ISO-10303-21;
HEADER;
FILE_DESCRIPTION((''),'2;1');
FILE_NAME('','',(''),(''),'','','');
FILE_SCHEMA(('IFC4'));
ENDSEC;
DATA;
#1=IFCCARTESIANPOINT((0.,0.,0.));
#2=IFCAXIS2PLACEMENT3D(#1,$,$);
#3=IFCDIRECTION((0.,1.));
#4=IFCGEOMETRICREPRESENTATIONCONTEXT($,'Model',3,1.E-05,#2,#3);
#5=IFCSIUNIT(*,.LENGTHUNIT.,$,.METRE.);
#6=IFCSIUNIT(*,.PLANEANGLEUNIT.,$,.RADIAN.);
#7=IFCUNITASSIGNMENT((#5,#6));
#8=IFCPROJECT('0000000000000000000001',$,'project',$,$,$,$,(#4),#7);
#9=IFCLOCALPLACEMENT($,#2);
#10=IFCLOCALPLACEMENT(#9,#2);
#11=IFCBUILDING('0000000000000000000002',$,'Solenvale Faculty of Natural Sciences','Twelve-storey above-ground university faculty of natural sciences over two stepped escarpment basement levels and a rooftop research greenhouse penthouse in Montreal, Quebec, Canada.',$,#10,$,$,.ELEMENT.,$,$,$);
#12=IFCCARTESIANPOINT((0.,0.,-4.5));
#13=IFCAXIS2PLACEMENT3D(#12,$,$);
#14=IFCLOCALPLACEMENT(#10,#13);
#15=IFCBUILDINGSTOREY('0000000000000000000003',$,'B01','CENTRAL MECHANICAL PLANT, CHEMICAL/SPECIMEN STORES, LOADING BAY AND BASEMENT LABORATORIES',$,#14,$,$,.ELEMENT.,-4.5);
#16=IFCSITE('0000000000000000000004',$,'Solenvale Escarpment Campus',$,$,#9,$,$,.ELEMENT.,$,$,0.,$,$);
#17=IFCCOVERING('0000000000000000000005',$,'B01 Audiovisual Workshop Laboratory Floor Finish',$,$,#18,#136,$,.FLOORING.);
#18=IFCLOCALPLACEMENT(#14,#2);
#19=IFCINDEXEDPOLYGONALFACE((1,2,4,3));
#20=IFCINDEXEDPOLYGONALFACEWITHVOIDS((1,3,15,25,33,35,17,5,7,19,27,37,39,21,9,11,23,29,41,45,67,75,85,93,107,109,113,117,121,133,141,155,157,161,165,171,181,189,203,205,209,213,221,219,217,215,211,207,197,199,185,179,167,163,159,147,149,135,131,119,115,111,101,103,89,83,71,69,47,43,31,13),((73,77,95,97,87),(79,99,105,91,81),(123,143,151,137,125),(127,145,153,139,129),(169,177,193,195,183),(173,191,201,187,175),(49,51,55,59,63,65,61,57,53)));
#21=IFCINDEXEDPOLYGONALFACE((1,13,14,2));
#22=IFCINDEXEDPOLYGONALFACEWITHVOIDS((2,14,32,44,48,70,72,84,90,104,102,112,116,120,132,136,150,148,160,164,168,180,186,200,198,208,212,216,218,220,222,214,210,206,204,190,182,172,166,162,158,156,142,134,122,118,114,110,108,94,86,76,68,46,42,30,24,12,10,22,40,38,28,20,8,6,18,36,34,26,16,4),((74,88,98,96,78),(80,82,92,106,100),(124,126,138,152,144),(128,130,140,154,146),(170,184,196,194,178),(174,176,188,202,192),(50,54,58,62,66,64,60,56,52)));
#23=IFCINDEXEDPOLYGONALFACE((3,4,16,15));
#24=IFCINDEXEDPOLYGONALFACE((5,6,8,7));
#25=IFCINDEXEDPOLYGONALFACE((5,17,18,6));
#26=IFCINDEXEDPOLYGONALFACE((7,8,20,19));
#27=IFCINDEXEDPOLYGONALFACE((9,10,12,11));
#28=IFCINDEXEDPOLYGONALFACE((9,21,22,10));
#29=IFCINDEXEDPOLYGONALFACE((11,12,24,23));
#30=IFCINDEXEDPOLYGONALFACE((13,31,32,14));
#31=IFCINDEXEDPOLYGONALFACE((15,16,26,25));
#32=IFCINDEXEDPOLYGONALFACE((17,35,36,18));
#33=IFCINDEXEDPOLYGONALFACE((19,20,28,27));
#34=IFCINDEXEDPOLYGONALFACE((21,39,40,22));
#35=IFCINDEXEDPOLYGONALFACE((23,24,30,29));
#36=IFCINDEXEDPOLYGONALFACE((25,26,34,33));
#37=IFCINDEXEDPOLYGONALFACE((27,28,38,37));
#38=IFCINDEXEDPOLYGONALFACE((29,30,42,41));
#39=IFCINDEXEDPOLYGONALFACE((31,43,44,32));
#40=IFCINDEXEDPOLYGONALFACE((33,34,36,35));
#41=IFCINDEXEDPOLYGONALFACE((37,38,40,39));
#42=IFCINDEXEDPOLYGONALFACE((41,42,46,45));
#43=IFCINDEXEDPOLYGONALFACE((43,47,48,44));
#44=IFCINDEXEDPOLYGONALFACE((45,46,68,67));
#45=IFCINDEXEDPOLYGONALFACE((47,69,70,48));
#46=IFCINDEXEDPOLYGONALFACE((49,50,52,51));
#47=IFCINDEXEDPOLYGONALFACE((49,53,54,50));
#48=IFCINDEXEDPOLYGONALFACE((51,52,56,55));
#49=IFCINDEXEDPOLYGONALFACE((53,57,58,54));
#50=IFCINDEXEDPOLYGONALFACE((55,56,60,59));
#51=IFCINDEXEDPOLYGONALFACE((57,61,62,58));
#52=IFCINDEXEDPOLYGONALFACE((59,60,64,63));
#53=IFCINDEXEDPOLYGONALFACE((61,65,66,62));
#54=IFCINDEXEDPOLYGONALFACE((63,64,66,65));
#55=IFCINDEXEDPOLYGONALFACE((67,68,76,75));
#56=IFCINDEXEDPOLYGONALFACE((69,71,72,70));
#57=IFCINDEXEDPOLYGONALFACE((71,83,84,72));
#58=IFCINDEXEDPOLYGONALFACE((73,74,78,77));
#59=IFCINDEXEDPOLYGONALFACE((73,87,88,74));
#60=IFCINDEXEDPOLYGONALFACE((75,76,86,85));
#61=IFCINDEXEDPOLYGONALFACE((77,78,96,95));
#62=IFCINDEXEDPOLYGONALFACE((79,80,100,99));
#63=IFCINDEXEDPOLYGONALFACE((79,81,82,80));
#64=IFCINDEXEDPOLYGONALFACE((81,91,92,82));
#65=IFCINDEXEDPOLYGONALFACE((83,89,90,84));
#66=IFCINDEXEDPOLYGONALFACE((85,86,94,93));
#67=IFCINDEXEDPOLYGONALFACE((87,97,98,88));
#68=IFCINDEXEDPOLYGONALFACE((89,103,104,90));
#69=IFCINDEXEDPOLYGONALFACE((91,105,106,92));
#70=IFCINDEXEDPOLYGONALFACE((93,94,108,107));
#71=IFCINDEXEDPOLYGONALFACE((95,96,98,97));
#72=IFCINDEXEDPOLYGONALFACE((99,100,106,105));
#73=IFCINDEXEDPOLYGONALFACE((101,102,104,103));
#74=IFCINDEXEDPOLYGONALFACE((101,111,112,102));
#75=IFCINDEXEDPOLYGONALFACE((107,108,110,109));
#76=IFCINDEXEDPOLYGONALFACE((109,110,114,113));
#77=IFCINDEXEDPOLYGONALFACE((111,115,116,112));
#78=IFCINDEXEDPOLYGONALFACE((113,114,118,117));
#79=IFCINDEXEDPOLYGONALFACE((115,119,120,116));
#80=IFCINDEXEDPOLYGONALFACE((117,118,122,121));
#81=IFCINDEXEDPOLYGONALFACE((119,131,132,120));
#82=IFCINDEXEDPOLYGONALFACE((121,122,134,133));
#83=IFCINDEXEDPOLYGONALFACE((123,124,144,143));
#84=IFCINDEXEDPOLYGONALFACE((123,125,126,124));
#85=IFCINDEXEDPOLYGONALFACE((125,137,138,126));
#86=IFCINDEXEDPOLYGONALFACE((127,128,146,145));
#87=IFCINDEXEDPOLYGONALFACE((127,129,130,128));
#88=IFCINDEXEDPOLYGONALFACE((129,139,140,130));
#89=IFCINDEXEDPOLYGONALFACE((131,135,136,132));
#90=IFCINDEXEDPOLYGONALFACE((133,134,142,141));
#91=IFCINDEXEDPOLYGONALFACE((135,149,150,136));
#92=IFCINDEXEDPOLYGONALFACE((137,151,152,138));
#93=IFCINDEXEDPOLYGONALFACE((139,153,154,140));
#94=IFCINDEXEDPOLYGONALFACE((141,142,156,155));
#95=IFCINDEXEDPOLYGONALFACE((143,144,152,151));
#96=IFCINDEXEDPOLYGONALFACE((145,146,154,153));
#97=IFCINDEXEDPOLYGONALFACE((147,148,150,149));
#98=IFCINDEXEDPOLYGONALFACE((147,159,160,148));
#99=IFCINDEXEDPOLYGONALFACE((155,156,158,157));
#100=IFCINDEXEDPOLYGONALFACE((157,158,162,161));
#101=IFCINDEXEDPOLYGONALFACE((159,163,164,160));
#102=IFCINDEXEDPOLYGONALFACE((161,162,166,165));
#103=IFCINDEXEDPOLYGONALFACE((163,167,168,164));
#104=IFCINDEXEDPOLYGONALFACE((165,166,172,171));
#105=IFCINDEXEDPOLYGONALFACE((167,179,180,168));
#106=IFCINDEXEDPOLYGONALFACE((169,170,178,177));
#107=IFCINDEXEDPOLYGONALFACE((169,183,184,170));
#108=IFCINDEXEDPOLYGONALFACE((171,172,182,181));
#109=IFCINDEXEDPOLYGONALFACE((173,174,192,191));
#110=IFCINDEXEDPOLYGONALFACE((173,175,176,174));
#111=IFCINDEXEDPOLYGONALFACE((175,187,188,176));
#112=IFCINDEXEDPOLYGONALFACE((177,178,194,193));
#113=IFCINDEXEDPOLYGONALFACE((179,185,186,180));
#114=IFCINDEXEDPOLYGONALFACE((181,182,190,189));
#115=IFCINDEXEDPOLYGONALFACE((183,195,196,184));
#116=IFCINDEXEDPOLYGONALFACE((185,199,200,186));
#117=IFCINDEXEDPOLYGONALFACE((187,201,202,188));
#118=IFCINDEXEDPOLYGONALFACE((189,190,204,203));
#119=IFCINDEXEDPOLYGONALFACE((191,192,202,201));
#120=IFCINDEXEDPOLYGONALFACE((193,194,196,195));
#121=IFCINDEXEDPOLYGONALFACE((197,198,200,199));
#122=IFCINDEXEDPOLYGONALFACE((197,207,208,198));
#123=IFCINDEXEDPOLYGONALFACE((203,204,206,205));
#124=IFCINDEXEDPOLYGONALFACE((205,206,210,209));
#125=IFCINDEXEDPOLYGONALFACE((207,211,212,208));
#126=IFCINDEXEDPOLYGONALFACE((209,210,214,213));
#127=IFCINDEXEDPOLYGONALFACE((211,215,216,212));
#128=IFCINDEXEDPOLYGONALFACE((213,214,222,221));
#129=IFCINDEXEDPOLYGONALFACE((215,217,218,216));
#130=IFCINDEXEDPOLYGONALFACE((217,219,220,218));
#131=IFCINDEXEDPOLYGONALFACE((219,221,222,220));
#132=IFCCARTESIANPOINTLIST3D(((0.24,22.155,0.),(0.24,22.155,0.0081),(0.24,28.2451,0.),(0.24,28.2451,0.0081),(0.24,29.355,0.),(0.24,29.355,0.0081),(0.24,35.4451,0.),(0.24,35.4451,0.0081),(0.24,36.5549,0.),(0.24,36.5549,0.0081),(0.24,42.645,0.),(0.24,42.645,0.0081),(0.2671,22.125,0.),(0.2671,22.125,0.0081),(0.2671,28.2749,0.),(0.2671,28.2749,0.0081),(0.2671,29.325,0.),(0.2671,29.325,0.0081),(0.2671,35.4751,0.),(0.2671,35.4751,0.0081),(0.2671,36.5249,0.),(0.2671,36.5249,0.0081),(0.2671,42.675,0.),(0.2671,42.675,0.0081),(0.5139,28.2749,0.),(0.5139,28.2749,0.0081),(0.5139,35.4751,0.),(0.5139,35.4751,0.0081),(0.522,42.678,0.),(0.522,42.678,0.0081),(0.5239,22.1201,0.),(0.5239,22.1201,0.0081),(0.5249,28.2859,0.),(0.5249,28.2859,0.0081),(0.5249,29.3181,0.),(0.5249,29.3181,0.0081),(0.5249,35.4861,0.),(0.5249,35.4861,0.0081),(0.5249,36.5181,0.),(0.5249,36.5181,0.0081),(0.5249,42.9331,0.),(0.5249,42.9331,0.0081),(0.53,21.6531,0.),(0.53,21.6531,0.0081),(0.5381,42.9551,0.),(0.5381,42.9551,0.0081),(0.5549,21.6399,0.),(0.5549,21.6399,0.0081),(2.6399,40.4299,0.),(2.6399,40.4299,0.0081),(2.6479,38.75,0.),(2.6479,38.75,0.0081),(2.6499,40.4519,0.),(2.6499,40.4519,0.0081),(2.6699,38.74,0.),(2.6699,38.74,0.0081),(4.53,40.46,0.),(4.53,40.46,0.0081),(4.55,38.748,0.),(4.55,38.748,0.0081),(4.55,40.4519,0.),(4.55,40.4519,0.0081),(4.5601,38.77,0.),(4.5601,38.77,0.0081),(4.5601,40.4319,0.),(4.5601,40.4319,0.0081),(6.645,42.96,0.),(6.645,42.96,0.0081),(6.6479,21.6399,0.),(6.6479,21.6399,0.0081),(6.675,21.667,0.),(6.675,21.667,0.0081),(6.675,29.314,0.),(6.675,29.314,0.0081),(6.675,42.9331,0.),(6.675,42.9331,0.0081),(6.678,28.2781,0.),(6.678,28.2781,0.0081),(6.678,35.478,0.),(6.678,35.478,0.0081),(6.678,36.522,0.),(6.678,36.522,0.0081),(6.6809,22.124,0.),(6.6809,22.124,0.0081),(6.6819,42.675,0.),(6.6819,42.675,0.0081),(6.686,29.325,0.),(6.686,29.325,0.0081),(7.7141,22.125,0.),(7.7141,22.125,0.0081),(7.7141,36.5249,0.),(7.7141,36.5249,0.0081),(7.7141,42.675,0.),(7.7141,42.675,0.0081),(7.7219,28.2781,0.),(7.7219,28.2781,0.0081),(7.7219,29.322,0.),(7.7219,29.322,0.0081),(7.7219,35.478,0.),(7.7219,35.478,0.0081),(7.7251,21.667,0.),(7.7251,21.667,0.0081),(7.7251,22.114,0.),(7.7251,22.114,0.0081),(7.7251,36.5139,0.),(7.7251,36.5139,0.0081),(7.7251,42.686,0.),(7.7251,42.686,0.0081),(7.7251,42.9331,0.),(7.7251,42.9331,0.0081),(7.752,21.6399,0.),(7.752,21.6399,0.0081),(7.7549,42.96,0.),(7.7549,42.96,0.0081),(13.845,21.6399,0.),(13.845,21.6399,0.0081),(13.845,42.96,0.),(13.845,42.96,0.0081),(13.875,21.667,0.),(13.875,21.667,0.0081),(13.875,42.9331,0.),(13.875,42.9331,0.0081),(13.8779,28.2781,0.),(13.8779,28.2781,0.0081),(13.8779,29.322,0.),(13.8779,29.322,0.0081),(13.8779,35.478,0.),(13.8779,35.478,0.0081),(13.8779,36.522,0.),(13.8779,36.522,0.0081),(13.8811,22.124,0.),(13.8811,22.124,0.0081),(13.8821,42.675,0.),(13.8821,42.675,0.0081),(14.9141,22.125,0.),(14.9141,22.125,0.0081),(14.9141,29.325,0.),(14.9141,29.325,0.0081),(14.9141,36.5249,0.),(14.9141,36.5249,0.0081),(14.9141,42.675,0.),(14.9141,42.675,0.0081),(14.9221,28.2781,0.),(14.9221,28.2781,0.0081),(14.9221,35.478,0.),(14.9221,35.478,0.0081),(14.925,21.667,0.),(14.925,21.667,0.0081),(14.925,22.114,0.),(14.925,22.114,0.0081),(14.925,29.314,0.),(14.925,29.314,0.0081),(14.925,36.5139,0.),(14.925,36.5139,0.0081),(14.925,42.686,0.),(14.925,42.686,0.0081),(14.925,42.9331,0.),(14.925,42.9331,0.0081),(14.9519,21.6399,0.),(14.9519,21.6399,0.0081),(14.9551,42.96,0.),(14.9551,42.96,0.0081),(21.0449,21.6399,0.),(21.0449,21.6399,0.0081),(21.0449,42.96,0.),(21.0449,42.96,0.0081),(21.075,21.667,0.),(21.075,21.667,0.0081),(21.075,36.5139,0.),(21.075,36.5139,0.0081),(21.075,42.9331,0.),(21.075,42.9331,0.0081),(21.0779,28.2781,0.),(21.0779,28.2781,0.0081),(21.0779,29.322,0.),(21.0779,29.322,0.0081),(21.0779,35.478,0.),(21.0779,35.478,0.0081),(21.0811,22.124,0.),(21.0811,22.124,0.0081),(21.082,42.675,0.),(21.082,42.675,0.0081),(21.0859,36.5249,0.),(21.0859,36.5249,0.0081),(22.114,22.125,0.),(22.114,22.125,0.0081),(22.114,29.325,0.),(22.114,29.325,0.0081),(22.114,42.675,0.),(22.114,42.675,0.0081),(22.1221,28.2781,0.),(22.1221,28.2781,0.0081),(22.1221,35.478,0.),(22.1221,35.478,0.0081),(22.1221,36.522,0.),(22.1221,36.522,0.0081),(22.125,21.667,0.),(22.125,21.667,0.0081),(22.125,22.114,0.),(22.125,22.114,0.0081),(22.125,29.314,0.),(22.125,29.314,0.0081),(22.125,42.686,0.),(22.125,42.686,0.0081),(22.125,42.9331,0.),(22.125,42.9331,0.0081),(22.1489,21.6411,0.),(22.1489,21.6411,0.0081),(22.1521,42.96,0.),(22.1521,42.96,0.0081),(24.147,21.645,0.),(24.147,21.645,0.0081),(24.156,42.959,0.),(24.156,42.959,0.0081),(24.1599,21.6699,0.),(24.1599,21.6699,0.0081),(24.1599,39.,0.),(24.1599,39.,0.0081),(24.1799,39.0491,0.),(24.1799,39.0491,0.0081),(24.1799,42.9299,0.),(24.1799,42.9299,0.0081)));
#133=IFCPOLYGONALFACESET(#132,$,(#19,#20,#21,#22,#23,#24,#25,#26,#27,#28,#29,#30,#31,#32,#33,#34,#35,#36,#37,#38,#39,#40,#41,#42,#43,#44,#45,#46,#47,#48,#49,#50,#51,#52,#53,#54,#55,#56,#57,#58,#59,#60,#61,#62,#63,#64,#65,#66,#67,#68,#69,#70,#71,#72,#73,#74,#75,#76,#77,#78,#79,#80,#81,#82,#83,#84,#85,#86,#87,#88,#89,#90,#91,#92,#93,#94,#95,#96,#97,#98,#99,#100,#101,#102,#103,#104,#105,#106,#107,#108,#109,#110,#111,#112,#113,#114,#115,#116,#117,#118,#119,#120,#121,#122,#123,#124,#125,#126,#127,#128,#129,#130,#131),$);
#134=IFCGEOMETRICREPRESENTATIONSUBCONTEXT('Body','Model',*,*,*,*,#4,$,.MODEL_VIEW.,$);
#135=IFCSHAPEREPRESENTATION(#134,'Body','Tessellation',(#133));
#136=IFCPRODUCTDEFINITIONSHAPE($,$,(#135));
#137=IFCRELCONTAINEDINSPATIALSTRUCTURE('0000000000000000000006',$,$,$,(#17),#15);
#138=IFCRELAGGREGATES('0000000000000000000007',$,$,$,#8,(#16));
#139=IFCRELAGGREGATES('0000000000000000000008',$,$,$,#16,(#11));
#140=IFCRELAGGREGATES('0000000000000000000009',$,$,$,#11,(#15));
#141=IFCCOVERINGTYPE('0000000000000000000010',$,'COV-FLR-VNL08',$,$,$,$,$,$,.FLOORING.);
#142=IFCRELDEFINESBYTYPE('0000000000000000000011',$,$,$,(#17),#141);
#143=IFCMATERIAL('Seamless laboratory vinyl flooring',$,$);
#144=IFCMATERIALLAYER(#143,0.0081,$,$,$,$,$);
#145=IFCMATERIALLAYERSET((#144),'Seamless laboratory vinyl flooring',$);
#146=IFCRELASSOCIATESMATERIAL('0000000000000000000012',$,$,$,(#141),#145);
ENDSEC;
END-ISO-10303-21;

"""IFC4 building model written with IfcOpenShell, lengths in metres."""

from ifc_helpers import new_model, si_unit, direction, frame, origin, place, context, subcontext, project, spatial, polyline, outline, extrude, material, layer, layer_set, type_object, element, save


model = new_model("IFC4")

# Units and contexts
model_context = context("Model", 3, precision=1e-05, world=origin(), true_north=direction((0.0, 1.0)))
body_context = subcontext(model_context, "Body", "Model", "MODEL_VIEW")
ifc_project = project(units=[si_unit("LENGTHUNIT", "METRE"), si_unit("PLANEANGLEUNIT", "RADIAN")], contexts=[model_context])

# Site, building, storey
site_placement = place(None, origin())
site = spatial("IfcSite", under=ifc_project, at=site_placement, Name="Solenvale Escarpment Campus", CompositionType="ELEMENT", RefElevation=0.0)
building_placement = place(site_placement, origin())
building = spatial("IfcBuilding", under=site, at=building_placement, Name="Solenvale Faculty of Natural Sciences", Description="Twelve-storey above-ground university faculty of natural sciences over two stepped escarpment basement levels and a rooftop research greenhouse penthouse in Montreal, Quebec, Canada.", CompositionType="ELEMENT")
storey_placement = place(building_placement, frame((0.0, 0.0, -4.5)))
storey = spatial("IfcBuildingStorey", under=building, at=storey_placement, Name="B01", Description="CENTRAL MECHANICAL PLANT, CHEMICAL/SPECIMEN STORES, LOADING BAY AND BASEMENT LABORATORIES", CompositionType="ELEMENT", Elevation=-4.5)

# Covering
ifc_material_1 = material(Name="Seamless laboratory vinyl flooring")
ifc_layer_1 = layer(ifc_material_1, 0.0081)
ifc_layer_set_1 = layer_set([ifc_layer_1], Name="Seamless laboratory vinyl flooring")
covering_type_1 = type_object("IfcCoveringType", Name="COV-FLR-VNL08", PredefinedType="FLOORING", material=ifc_layer_set_1)
covering_1_placement = place(storey_placement, origin())
element("IfcCovering", 1, at=covering_1_placement, inside=storey, type_object=covering_type_1, Name="B01 Audiovisual Workshop Laboratory Floor Finish", PredefinedType="FLOORING", context=body_context, shape_type="SweptSolid", body=[
    extrude(outline(polyline([(24.1799, 39.0491), (24.1599, 39.0), (24.1599, 21.6699), (24.147, 21.645), (22.1489, 21.6411), (22.125, 21.667), (22.125, 22.114), (22.114, 22.125), (21.0811, 22.124), (21.075, 21.667), (21.0449, 21.6399), (14.9519, 21.6399), (14.925, 21.667), (14.925, 22.114), (14.9141, 22.125), (13.8811, 22.124), (13.875, 21.667), (13.845, 21.6399), (7.752, 21.6399), (7.7251, 21.667), (7.7251, 22.114), (7.7141, 22.125), (6.6809, 22.124), (6.675, 21.667), (6.6479, 21.6399), (0.5549, 21.6399), (0.53, 21.6531), (0.5239, 22.1201), (0.2671, 22.125), (0.24, 22.155), (0.24, 28.2451), (0.2671, 28.2749), (0.5139, 28.2749), (0.5249, 28.2859), (0.5249, 29.3181), (0.2671, 29.325), (0.24, 29.355), (0.24, 35.4451), (0.2671, 35.4751), (0.5139, 35.4751), (0.5249, 35.4861), (0.5249, 36.5181), (0.2671, 36.5249), (0.24, 36.5549), (0.24, 42.645), (0.2671, 42.675), (0.522, 42.678), (0.5249, 42.9331), (0.5381, 42.9551), (6.645, 42.96), (6.675, 42.9331), (6.6819, 42.675), (7.7141, 42.675), (7.7251, 42.686), (7.7251, 42.9331), (7.7549, 42.96), (13.845, 42.96), (13.875, 42.9331), (13.8821, 42.675), (14.9141, 42.675), (14.925, 42.686), (14.925, 42.9331), (14.9551, 42.96), (21.0449, 42.96), (21.075, 42.9331), (21.082, 42.675), (22.114, 42.675), (22.125, 42.686), (22.125, 42.9331), (22.1521, 42.96), (24.156, 42.959), (24.1799, 42.9299), (24.1799, 39.0491)]), holes=[polyline([(21.0859, 36.5249), (21.075, 36.5139), (21.0779, 35.478), (22.1221, 35.478), (22.1221, 36.522), (21.0859, 36.5249)]), polyline([(22.125, 29.314), (22.114, 29.325), (21.0779, 29.322), (21.0779, 28.2781), (22.1221, 28.2781), (22.125, 29.314)]), polyline([(14.925, 29.314), (14.9141, 29.325), (13.8779, 29.322), (13.8779, 28.2781), (14.9221, 28.2781), (14.925, 29.314)]), polyline([(14.925, 36.5139), (14.9141, 36.5249), (13.8779, 36.522), (13.8779, 35.478), (14.9221, 35.478), (14.925, 36.5139)]), polyline([(6.686, 29.325), (6.675, 29.314), (6.678, 28.2781), (7.7219, 28.2781), (7.7219, 29.322), (6.686, 29.325)]), polyline([(7.7251, 36.5139), (7.7141, 36.5249), (6.678, 36.522), (6.678, 35.478), (7.7219, 35.478), (7.7251, 36.5139)]), polyline([(4.5601, 40.4319), (4.55, 40.4519), (4.53, 40.46), (2.6499, 40.4519), (2.6399, 40.4299), (2.6479, 38.75), (2.6699, 38.74), (4.55, 38.748), (4.5601, 38.77), (4.5601, 40.4319)])]), origin(), (0.0, 0.0, 1.0), 0.0081),
])

save(model, "model.ifc")
